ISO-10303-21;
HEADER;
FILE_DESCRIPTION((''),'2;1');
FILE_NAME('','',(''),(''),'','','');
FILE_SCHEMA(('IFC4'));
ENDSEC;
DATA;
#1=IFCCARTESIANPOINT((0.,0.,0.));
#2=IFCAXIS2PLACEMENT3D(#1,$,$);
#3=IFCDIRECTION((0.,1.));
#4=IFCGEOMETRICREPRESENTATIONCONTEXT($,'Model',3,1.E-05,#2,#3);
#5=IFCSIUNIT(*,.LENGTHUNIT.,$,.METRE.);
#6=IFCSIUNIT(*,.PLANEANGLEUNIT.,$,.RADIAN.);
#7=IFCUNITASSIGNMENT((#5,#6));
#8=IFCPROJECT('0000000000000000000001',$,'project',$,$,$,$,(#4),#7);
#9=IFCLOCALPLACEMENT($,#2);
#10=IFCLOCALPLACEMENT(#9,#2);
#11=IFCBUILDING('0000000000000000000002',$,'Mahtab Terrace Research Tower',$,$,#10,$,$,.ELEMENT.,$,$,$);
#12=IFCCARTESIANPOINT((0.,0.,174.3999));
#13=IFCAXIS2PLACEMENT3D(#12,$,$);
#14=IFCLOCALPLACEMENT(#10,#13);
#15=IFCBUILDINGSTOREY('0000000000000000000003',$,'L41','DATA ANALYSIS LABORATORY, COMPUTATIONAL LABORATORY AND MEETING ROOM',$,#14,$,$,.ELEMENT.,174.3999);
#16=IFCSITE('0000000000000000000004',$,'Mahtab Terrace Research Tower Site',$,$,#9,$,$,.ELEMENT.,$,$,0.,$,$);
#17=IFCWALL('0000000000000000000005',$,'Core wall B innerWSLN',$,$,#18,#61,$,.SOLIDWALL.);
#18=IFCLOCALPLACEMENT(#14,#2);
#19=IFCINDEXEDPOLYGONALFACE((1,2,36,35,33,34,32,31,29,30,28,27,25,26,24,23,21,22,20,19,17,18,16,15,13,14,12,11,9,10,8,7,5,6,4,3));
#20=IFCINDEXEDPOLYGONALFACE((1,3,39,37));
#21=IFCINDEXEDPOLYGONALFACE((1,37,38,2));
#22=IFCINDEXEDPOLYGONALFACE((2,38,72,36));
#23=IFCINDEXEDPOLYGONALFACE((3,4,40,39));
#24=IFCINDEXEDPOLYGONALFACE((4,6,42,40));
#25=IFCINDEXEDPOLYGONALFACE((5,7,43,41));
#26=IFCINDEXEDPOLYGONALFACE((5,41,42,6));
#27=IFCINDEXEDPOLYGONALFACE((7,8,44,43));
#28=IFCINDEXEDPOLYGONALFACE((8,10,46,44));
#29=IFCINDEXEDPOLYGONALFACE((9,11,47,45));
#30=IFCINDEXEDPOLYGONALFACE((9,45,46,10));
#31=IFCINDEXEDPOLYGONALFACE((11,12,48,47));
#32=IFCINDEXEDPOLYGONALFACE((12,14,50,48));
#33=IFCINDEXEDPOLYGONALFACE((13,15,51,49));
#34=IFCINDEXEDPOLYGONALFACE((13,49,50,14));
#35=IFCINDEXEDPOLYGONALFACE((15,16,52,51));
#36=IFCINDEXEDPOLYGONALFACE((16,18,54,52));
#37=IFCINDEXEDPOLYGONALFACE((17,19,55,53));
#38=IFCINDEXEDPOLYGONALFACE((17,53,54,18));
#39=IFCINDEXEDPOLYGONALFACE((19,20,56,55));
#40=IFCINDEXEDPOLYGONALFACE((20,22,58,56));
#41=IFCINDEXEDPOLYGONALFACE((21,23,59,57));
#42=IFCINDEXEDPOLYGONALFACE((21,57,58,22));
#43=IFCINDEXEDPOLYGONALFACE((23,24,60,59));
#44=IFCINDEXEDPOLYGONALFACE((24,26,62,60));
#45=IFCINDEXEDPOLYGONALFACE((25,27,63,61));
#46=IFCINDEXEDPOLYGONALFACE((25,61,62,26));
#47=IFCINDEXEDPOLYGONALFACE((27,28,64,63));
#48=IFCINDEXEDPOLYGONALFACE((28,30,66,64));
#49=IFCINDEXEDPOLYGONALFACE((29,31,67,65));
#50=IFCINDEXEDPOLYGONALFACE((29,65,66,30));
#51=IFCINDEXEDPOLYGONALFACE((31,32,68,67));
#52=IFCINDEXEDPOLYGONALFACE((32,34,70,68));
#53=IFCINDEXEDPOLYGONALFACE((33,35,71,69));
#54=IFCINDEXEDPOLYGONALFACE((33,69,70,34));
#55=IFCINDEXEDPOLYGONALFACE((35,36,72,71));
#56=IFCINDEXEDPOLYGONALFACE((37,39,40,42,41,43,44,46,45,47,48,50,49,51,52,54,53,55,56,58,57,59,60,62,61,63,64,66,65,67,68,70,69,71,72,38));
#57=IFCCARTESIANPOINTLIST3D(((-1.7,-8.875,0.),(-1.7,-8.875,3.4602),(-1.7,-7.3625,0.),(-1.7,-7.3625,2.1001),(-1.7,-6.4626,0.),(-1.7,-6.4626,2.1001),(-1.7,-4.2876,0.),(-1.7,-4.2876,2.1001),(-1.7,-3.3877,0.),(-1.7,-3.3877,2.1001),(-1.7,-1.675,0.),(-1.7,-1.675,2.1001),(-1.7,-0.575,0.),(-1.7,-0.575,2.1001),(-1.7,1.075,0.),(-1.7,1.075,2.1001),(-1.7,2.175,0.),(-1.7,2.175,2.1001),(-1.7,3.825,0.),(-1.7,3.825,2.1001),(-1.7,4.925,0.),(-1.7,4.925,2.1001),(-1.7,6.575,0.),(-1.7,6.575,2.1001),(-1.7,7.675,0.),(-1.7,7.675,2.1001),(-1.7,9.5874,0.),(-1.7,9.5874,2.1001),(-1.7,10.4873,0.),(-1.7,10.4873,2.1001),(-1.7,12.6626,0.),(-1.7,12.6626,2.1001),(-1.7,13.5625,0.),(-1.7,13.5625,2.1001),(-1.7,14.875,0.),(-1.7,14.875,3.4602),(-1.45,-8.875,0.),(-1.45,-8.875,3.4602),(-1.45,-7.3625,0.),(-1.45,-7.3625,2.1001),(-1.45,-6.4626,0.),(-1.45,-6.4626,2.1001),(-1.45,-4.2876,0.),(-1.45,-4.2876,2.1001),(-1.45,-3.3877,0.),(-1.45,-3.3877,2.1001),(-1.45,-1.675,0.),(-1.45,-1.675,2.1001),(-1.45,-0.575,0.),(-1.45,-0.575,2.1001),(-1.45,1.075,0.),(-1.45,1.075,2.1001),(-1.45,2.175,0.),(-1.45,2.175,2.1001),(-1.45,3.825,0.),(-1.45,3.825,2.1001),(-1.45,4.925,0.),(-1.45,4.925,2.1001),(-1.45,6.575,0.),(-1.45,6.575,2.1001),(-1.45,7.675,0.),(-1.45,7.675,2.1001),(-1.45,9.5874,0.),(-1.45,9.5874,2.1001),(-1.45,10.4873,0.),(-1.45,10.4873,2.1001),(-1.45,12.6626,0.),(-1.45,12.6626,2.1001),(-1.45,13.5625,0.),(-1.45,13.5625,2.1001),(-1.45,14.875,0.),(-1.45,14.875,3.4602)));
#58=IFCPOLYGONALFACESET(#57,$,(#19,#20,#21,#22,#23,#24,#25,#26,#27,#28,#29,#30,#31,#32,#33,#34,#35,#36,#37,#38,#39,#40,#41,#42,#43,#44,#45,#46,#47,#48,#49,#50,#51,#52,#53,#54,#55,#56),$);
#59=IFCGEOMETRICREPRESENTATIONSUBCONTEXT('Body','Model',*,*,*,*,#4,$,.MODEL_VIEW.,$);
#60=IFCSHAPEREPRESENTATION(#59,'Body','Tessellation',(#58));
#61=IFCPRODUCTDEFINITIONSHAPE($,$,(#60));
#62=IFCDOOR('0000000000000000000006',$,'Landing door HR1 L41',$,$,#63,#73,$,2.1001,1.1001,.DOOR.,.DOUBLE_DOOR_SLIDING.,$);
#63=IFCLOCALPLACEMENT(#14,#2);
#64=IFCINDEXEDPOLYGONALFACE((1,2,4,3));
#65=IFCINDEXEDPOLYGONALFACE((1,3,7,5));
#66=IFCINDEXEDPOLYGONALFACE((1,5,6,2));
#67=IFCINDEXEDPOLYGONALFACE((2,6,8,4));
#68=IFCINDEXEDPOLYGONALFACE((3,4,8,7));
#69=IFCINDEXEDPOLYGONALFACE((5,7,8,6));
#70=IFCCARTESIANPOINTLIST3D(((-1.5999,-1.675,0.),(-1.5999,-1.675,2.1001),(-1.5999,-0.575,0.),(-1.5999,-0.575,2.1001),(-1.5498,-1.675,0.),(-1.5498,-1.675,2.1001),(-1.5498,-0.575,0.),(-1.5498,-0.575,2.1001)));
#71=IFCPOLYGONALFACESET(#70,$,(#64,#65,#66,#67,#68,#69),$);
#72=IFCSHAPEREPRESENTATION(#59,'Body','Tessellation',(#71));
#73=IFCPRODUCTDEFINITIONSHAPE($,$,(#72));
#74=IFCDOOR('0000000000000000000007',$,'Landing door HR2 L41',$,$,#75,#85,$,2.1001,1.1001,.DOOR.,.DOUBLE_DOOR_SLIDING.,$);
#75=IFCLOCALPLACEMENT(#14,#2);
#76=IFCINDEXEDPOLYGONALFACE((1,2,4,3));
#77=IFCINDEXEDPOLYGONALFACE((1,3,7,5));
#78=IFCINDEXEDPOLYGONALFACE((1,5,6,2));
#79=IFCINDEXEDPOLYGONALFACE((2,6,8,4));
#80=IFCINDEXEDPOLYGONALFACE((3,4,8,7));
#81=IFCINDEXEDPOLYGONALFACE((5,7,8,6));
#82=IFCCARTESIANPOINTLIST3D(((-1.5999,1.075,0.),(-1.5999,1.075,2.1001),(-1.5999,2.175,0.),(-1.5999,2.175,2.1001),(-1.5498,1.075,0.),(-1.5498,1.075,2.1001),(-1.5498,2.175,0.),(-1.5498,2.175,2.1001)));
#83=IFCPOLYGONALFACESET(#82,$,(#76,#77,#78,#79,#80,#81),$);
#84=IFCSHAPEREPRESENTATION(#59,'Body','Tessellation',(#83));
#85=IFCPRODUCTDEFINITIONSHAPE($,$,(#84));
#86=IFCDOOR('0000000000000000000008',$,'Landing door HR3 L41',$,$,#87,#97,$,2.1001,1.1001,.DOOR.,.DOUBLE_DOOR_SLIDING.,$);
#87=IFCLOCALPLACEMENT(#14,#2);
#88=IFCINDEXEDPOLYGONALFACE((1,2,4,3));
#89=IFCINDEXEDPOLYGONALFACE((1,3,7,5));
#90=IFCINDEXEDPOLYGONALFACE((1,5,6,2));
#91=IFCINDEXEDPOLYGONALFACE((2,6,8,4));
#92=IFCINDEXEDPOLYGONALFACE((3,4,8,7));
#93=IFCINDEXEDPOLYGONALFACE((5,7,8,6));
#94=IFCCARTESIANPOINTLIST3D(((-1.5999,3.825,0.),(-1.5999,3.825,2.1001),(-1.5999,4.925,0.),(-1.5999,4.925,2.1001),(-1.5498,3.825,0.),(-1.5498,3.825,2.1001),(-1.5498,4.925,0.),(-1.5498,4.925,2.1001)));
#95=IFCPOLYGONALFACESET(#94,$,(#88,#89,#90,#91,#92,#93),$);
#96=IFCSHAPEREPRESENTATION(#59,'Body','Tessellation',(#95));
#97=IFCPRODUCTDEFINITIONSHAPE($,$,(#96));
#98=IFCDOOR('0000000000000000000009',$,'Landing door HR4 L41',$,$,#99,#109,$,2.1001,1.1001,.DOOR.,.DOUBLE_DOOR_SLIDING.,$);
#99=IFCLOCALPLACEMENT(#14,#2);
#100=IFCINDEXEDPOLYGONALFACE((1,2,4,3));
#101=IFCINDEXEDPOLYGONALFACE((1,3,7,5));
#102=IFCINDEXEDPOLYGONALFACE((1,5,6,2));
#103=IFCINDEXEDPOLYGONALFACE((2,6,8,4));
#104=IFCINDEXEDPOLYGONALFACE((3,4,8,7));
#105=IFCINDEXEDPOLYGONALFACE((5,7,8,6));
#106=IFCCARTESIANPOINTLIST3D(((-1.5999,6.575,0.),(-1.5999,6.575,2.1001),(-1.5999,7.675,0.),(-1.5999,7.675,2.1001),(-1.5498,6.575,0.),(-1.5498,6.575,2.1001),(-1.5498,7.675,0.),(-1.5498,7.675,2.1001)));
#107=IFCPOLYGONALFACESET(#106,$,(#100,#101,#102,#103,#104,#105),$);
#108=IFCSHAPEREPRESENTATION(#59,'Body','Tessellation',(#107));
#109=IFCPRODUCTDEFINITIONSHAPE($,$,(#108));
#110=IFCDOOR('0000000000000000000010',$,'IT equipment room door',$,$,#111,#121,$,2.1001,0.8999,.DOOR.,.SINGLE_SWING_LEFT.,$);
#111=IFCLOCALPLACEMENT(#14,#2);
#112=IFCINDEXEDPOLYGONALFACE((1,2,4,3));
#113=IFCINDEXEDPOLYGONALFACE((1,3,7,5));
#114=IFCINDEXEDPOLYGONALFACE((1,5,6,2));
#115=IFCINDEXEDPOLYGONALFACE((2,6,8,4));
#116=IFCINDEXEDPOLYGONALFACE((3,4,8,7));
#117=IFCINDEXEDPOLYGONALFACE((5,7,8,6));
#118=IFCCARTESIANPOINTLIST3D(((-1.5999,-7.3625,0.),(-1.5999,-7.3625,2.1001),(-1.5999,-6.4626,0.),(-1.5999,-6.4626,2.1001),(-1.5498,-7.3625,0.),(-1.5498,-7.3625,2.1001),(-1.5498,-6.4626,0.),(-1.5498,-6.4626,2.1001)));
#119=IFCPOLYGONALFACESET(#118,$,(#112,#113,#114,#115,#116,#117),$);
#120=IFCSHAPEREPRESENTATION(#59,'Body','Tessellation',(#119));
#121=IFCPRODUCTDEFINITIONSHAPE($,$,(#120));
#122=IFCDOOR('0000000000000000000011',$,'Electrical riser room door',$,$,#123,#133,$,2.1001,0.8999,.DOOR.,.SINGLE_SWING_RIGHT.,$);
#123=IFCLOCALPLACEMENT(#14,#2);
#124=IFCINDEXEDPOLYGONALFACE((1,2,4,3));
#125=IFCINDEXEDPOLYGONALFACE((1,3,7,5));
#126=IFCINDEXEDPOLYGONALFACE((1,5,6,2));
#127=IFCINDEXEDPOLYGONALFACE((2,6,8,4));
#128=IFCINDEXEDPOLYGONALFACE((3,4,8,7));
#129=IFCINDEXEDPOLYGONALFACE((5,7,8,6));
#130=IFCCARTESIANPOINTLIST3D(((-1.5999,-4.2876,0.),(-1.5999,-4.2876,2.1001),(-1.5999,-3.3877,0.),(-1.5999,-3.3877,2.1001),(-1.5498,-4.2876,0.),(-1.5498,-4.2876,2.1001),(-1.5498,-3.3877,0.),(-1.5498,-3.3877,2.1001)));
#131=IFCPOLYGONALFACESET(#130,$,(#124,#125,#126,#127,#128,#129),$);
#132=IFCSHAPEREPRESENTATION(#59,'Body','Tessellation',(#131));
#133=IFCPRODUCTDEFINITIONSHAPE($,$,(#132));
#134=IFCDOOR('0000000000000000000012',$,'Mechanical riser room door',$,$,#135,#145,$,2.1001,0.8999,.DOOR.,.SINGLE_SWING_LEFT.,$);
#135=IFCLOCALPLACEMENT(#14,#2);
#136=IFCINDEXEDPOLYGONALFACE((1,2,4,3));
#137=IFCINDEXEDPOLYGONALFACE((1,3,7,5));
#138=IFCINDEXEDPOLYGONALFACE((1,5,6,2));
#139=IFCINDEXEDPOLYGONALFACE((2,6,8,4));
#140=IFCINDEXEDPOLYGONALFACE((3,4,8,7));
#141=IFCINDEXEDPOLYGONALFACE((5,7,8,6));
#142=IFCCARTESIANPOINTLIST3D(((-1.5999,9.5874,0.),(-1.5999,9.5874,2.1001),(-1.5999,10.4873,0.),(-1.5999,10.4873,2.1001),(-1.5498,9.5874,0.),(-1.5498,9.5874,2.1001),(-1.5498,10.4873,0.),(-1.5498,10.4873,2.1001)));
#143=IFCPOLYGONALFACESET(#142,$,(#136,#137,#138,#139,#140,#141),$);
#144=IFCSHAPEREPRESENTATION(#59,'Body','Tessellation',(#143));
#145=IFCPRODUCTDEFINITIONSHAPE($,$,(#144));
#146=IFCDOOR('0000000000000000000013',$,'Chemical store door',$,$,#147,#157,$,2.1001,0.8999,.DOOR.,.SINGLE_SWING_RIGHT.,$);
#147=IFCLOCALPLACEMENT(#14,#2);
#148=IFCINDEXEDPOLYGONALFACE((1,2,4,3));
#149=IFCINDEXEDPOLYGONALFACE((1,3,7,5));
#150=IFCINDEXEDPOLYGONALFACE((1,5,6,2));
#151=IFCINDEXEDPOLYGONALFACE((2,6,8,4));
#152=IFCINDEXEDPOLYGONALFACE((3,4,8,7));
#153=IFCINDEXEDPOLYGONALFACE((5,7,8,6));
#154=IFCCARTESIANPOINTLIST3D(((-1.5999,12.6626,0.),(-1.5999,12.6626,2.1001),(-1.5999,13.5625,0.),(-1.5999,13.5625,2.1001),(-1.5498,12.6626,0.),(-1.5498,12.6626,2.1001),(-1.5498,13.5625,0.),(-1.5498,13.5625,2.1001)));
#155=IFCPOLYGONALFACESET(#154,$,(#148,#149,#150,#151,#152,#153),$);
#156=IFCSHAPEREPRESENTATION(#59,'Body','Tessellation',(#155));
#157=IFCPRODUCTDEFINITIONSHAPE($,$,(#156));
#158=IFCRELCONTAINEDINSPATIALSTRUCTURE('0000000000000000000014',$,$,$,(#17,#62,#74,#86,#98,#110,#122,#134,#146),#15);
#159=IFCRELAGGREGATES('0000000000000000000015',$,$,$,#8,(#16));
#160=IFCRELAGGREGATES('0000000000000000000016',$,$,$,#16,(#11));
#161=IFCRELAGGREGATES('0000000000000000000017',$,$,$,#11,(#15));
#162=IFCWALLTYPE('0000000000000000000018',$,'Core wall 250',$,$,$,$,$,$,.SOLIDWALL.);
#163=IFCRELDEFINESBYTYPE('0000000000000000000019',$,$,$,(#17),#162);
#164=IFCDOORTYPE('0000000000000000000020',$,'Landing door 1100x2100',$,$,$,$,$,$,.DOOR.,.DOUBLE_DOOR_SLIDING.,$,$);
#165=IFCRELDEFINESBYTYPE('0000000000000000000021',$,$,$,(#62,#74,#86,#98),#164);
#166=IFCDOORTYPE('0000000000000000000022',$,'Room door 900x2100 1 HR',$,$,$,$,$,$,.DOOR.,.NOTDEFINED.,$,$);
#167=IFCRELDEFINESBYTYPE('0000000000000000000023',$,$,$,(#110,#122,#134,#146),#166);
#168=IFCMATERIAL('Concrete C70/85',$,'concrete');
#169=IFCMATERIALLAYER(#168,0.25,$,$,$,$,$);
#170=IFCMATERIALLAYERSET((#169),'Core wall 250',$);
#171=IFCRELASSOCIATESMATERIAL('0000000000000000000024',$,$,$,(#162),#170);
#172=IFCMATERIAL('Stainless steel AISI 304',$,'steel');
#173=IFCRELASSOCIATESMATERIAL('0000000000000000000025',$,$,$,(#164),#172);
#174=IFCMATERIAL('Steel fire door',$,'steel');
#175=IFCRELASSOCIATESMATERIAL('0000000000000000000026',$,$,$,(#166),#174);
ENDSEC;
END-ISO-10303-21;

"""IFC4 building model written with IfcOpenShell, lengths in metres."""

from ifc_helpers import new_model, si_unit, direction, frame, frame_2d, origin, place, context, subcontext, project, spatial, rectangle, extrude, material, layer, layer_set, type_object, element, fill, save


model = new_model("IFC4")

# Units and contexts
model_context = context("Model", 3, precision=1e-05, world=origin(), true_north=direction((0.0, 1.0)))
body_context = subcontext(model_context, "Body", "Model", "MODEL_VIEW")
ifc_project = project(units=[si_unit("LENGTHUNIT", "METRE"), si_unit("PLANEANGLEUNIT", "RADIAN")], contexts=[model_context])

# Site, building, storey
site_placement = place(None, origin())
site = spatial("IfcSite", under=ifc_project, at=site_placement, Name="Mahtab Terrace Research Tower Site", CompositionType="ELEMENT", RefElevation=0.0)
building_placement = place(site_placement, origin())
building = spatial("IfcBuilding", under=site, at=building_placement, Name="Mahtab Terrace Research Tower", CompositionType="ELEMENT")
storey_placement = place(building_placement, frame((0.0, 0.0, 174.3999)))
storey = spatial("IfcBuildingStorey", under=building, at=storey_placement, Name="L41", Description="DATA ANALYSIS LABORATORY, COMPUTATIONAL LABORATORY AND MEETING ROOM", CompositionType="ELEMENT", Elevation=174.3999)

# Shared definitions
ifc_material_1 = material(Name="Concrete C70/85", Category="concrete")

# Wall, openings, doors
ifc_layer_1 = layer(ifc_material_1, 0.25)
ifc_layer_set_1 = layer_set([ifc_layer_1], Name="Core wall 250")
wall_type_1 = type_object("IfcWallType", Name="Core wall 250", PredefinedType="SOLIDWALL", material=ifc_layer_set_1)
wall_1_placement = place(storey_placement, frame((-1.575, -8.875, 0.0), z_axis=(0.0, 0.0, 1.0), x_axis=(0.0, 1.0, 0.0)))
wall_1 = element("IfcWall", 1, at=wall_1_placement, inside=storey, type_object=wall_type_1, Name="Core wall B innerWSLN", PredefinedType="SOLIDWALL", context=body_context, shape_type="SweptSolid", body=[
    extrude(rectangle(XDim=23.75, YDim=0.25, at=frame_2d((11.875, 0.0))), origin(), (0.0, 0.0, 1.0), 3.4602),
])
opening_1_placement = place(wall_1_placement, frame((7.2, 0.0, 0.0)))
opening_1 = element("IfcOpeningElement", 2, at=opening_1_placement, cuts=wall_1, PredefinedType="OPENING", context=body_context, shape_type="SweptSolid", body=[
    extrude(rectangle(XDim=1.1001, YDim=2.1001, at=frame_2d((0.55, 1.05))), frame((0.0, 0.135, 0.0), z_axis=(0.0, -1.0, 0.0), x_axis=(1.0, 0.0, 0.0)), (0.0, 0.0, 1.0), 0.27),
])
opening_2_placement = place(wall_1_placement, frame((9.95, 0.0, 0.0)))
opening_2 = element("IfcOpeningElement", 3, at=opening_2_placement, cuts=wall_1, PredefinedType="OPENING", context=body_context, shape_type="SweptSolid", body=[
    extrude(rectangle(XDim=1.1001, YDim=2.1001, at=frame_2d((0.55, 1.05))), frame((0.0, 0.135, 0.0), z_axis=(0.0, -1.0, 0.0), x_axis=(1.0, 0.0, 0.0)), (0.0, 0.0, 1.0), 0.27),
])
opening_3_placement = place(wall_1_placement, frame((12.7, 0.0, 0.0)))
opening_3 = element("IfcOpeningElement", 4, at=opening_3_placement, cuts=wall_1, PredefinedType="OPENING", context=body_context, shape_type="SweptSolid", body=[
    extrude(rectangle(XDim=1.1001, YDim=2.1001, at=frame_2d((0.55, 1.05))), frame((0.0, 0.135, 0.0), z_axis=(0.0, -1.0, 0.0), x_axis=(1.0, 0.0, 0.0)), (0.0, 0.0, 1.0), 0.27),
])
opening_4_placement = place(wall_1_placement, frame((15.45, 0.0, 0.0)))
opening_4 = element("IfcOpeningElement", 5, at=opening_4_placement, cuts=wall_1, PredefinedType="OPENING", context=body_context, shape_type="SweptSolid", body=[
    extrude(rectangle(XDim=1.1001, YDim=2.1001, at=frame_2d((0.55, 1.05))), frame((0.0, 0.135, 0.0), z_axis=(0.0, -1.0, 0.0), x_axis=(1.0, 0.0, 0.0)), (0.0, 0.0, 1.0), 0.27),
])
opening_5_placement = place(wall_1_placement, frame((1.5125, 0.0, 0.0)))
opening_5 = element("IfcOpeningElement", 6, at=opening_5_placement, cuts=wall_1, PredefinedType="OPENING", context=body_context, shape_type="SweptSolid", body=[
    extrude(rectangle(XDim=0.8999, YDim=2.1001, at=frame_2d((0.45, 1.05))), frame((0.0, 0.135, 0.0), z_axis=(0.0, -1.0, 0.0), x_axis=(1.0, 0.0, 0.0)), (0.0, 0.0, 1.0), 0.27),
])
opening_6_placement = place(wall_1_placement, frame((4.5874, 0.0, 0.0)))
opening_6 = element("IfcOpeningElement", 7, at=opening_6_placement, cuts=wall_1, PredefinedType="OPENING", context=body_context, shape_type="SweptSolid", body=[
    extrude(rectangle(XDim=0.8999, YDim=2.1001, at=frame_2d((0.45, 1.05))), frame((0.0, 0.135, 0.0), z_axis=(0.0, -1.0, 0.0), x_axis=(1.0, 0.0, 0.0)), (0.0, 0.0, 1.0), 0.27),
])
opening_7_placement = place(wall_1_placement, frame((18.4624, 0.0, 0.0)))
opening_7 = element("IfcOpeningElement", 8, at=opening_7_placement, cuts=wall_1, PredefinedType="OPENING", context=body_context, shape_type="SweptSolid", body=[
    extrude(rectangle(XDim=0.8999, YDim=2.1001, at=frame_2d((0.45, 1.05))), frame((0.0, 0.135, 0.0), z_axis=(0.0, -1.0, 0.0), x_axis=(1.0, 0.0, 0.0)), (0.0, 0.0, 1.0), 0.27),
])
opening_8_placement = place(wall_1_placement, frame((21.5376, 0.0, 0.0)))
opening_8 = element("IfcOpeningElement", 9, at=opening_8_placement, cuts=wall_1, PredefinedType="OPENING", context=body_context, shape_type="SweptSolid", body=[
    extrude(rectangle(XDim=0.8999, YDim=2.1001, at=frame_2d((0.45, 1.05))), frame((0.0, 0.135, 0.0), z_axis=(0.0, -1.0, 0.0), x_axis=(1.0, 0.0, 0.0)), (0.0, 0.0, 1.0), 0.27),
])
ifc_material_2 = material(Name="Stainless steel AISI 304", Category="steel")
door_type_1 = type_object("IfcDoorType", Name="Landing door 1100x2100", OperationType="DOUBLE_DOOR_SLIDING", PredefinedType="DOOR", material=ifc_material_2)
door_1_placement = place(opening_1_placement, origin())
door_1 = element("IfcDoor", 10, at=door_1_placement, inside=storey, type_object=door_type_1, Name="Landing door HR1 L41", OperationType="DOUBLE_DOOR_SLIDING", OverallHeight=2.1001, OverallWidth=1.1001, PredefinedType="DOOR", context=body_context, shape_type="SweptSolid", body=[
    extrude(rectangle(XDim=1.1001, YDim=2.1001, at=frame_2d((0.55, 1.05))), frame((0.0, 0.0249, 0.0), z_axis=(0.0, -1.0, 0.0), x_axis=(1.0, 0.0, 0.0)), (0.0, 0.0, 1.0), 0.05),
])
fill(opening_1, door_1)
door_2_placement = place(opening_2_placement, origin())
door_2 = element("IfcDoor", 11, at=door_2_placement, inside=storey, type_object=door_type_1, Name="Landing door HR2 L41", OperationType="DOUBLE_DOOR_SLIDING", OverallHeight=2.1001, OverallWidth=1.1001, PredefinedType="DOOR", context=body_context, shape_type="SweptSolid", body=[
    extrude(rectangle(XDim=1.1001, YDim=2.1001, at=frame_2d((0.55, 1.05))), frame((0.0, 0.0249, 0.0), z_axis=(0.0, -1.0, 0.0), x_axis=(1.0, 0.0, 0.0)), (0.0, 0.0, 1.0), 0.05),
])
fill(opening_2, door_2)
door_3_placement = place(opening_3_placement, origin())
door_3 = element("IfcDoor", 12, at=door_3_placement, inside=storey, type_object=door_type_1, Name="Landing door HR3 L41", OperationType="DOUBLE_DOOR_SLIDING", OverallHeight=2.1001, OverallWidth=1.1001, PredefinedType="DOOR", context=body_context, shape_type="SweptSolid", body=[
    extrude(rectangle(XDim=1.1001, YDim=2.1001, at=frame_2d((0.55, 1.05))), frame((0.0, 0.0249, 0.0), z_axis=(0.0, -1.0, 0.0), x_axis=(1.0, 0.0, 0.0)), (0.0, 0.0, 1.0), 0.05),
])
fill(opening_3, door_3)
door_4_placement = place(opening_4_placement, origin())
door_4 = element("IfcDoor", 13, at=door_4_placement, inside=storey, type_object=door_type_1, Name="Landing door HR4 L41", OperationType="DOUBLE_DOOR_SLIDING", OverallHeight=2.1001, OverallWidth=1.1001, PredefinedType="DOOR", context=body_context, shape_type="SweptSolid", body=[
    extrude(rectangle(XDim=1.1001, YDim=2.1001, at=frame_2d((0.55, 1.05))), frame((0.0, 0.0249, 0.0), z_axis=(0.0, -1.0, 0.0), x_axis=(1.0, 0.0, 0.0)), (0.0, 0.0, 1.0), 0.05),
])
fill(opening_4, door_4)
ifc_material_3 = material(Name="Steel fire door", Category="steel")
door_type_2 = type_object("IfcDoorType", Name="Room door 900x2100 1 HR", OperationType="NOTDEFINED", PredefinedType="DOOR", material=ifc_material_3)
door_5_placement = place(opening_5_placement, origin())
door_5 = element("IfcDoor", 14, at=door_5_placement, inside=storey, type_object=door_type_2, Name="IT equipment room door", OperationType="SINGLE_SWING_LEFT", OverallHeight=2.1001, OverallWidth=0.8999, PredefinedType="DOOR", context=body_context, shape_type="SweptSolid", body=[
    extrude(rectangle(XDim=0.8999, YDim=2.1001, at=frame_2d((0.45, 1.05))), frame((0.0, 0.0249, 0.0), z_axis=(0.0, -1.0, 0.0), x_axis=(1.0, 0.0, 0.0)), (0.0, 0.0, 1.0), 0.05),
])
fill(opening_5, door_5)
door_6_placement = place(opening_6_placement, origin())
door_6 = element("IfcDoor", 15, at=door_6_placement, inside=storey, type_object=door_type_2, Name="Electrical riser room door", OperationType="SINGLE_SWING_RIGHT", OverallHeight=2.1001, OverallWidth=0.8999, PredefinedType="DOOR", context=body_context, shape_type="SweptSolid", body=[
    extrude(rectangle(XDim=0.8999, YDim=2.1001, at=frame_2d((0.45, 1.05))), frame((0.0, 0.0249, 0.0), z_axis=(0.0, -1.0, 0.0), x_axis=(1.0, 0.0, 0.0)), (0.0, 0.0, 1.0), 0.05),
])
fill(opening_6, door_6)
door_7_placement = place(opening_7_placement, origin())
door_7 = element("IfcDoor", 16, at=door_7_placement, inside=storey, type_object=door_type_2, Name="Mechanical riser room door", OperationType="SINGLE_SWING_LEFT", OverallHeight=2.1001, OverallWidth=0.8999, PredefinedType="DOOR", context=body_context, shape_type="SweptSolid", body=[
    extrude(rectangle(XDim=0.8999, YDim=2.1001, at=frame_2d((0.45, 1.05))), frame((0.0, 0.0249, 0.0), z_axis=(0.0, -1.0, 0.0), x_axis=(1.0, 0.0, 0.0)), (0.0, 0.0, 1.0), 0.05),
])
fill(opening_7, door_7)
door_8_placement = place(opening_8_placement, origin())
door_8 = element("IfcDoor", 17, at=door_8_placement, inside=storey, type_object=door_type_2, Name="Chemical store door", OperationType="SINGLE_SWING_RIGHT", OverallHeight=2.1001, OverallWidth=0.8999, PredefinedType="DOOR", context=body_context, shape_type="SweptSolid", body=[
    extrude(rectangle(XDim=0.8999, YDim=2.1001, at=frame_2d((0.45, 1.05))), frame((0.0, 0.0249, 0.0), z_axis=(0.0, -1.0, 0.0), x_axis=(1.0, 0.0, 0.0)), (0.0, 0.0, 1.0), 0.05),
])
fill(opening_8, door_8)

save(model, "model.ifc")
